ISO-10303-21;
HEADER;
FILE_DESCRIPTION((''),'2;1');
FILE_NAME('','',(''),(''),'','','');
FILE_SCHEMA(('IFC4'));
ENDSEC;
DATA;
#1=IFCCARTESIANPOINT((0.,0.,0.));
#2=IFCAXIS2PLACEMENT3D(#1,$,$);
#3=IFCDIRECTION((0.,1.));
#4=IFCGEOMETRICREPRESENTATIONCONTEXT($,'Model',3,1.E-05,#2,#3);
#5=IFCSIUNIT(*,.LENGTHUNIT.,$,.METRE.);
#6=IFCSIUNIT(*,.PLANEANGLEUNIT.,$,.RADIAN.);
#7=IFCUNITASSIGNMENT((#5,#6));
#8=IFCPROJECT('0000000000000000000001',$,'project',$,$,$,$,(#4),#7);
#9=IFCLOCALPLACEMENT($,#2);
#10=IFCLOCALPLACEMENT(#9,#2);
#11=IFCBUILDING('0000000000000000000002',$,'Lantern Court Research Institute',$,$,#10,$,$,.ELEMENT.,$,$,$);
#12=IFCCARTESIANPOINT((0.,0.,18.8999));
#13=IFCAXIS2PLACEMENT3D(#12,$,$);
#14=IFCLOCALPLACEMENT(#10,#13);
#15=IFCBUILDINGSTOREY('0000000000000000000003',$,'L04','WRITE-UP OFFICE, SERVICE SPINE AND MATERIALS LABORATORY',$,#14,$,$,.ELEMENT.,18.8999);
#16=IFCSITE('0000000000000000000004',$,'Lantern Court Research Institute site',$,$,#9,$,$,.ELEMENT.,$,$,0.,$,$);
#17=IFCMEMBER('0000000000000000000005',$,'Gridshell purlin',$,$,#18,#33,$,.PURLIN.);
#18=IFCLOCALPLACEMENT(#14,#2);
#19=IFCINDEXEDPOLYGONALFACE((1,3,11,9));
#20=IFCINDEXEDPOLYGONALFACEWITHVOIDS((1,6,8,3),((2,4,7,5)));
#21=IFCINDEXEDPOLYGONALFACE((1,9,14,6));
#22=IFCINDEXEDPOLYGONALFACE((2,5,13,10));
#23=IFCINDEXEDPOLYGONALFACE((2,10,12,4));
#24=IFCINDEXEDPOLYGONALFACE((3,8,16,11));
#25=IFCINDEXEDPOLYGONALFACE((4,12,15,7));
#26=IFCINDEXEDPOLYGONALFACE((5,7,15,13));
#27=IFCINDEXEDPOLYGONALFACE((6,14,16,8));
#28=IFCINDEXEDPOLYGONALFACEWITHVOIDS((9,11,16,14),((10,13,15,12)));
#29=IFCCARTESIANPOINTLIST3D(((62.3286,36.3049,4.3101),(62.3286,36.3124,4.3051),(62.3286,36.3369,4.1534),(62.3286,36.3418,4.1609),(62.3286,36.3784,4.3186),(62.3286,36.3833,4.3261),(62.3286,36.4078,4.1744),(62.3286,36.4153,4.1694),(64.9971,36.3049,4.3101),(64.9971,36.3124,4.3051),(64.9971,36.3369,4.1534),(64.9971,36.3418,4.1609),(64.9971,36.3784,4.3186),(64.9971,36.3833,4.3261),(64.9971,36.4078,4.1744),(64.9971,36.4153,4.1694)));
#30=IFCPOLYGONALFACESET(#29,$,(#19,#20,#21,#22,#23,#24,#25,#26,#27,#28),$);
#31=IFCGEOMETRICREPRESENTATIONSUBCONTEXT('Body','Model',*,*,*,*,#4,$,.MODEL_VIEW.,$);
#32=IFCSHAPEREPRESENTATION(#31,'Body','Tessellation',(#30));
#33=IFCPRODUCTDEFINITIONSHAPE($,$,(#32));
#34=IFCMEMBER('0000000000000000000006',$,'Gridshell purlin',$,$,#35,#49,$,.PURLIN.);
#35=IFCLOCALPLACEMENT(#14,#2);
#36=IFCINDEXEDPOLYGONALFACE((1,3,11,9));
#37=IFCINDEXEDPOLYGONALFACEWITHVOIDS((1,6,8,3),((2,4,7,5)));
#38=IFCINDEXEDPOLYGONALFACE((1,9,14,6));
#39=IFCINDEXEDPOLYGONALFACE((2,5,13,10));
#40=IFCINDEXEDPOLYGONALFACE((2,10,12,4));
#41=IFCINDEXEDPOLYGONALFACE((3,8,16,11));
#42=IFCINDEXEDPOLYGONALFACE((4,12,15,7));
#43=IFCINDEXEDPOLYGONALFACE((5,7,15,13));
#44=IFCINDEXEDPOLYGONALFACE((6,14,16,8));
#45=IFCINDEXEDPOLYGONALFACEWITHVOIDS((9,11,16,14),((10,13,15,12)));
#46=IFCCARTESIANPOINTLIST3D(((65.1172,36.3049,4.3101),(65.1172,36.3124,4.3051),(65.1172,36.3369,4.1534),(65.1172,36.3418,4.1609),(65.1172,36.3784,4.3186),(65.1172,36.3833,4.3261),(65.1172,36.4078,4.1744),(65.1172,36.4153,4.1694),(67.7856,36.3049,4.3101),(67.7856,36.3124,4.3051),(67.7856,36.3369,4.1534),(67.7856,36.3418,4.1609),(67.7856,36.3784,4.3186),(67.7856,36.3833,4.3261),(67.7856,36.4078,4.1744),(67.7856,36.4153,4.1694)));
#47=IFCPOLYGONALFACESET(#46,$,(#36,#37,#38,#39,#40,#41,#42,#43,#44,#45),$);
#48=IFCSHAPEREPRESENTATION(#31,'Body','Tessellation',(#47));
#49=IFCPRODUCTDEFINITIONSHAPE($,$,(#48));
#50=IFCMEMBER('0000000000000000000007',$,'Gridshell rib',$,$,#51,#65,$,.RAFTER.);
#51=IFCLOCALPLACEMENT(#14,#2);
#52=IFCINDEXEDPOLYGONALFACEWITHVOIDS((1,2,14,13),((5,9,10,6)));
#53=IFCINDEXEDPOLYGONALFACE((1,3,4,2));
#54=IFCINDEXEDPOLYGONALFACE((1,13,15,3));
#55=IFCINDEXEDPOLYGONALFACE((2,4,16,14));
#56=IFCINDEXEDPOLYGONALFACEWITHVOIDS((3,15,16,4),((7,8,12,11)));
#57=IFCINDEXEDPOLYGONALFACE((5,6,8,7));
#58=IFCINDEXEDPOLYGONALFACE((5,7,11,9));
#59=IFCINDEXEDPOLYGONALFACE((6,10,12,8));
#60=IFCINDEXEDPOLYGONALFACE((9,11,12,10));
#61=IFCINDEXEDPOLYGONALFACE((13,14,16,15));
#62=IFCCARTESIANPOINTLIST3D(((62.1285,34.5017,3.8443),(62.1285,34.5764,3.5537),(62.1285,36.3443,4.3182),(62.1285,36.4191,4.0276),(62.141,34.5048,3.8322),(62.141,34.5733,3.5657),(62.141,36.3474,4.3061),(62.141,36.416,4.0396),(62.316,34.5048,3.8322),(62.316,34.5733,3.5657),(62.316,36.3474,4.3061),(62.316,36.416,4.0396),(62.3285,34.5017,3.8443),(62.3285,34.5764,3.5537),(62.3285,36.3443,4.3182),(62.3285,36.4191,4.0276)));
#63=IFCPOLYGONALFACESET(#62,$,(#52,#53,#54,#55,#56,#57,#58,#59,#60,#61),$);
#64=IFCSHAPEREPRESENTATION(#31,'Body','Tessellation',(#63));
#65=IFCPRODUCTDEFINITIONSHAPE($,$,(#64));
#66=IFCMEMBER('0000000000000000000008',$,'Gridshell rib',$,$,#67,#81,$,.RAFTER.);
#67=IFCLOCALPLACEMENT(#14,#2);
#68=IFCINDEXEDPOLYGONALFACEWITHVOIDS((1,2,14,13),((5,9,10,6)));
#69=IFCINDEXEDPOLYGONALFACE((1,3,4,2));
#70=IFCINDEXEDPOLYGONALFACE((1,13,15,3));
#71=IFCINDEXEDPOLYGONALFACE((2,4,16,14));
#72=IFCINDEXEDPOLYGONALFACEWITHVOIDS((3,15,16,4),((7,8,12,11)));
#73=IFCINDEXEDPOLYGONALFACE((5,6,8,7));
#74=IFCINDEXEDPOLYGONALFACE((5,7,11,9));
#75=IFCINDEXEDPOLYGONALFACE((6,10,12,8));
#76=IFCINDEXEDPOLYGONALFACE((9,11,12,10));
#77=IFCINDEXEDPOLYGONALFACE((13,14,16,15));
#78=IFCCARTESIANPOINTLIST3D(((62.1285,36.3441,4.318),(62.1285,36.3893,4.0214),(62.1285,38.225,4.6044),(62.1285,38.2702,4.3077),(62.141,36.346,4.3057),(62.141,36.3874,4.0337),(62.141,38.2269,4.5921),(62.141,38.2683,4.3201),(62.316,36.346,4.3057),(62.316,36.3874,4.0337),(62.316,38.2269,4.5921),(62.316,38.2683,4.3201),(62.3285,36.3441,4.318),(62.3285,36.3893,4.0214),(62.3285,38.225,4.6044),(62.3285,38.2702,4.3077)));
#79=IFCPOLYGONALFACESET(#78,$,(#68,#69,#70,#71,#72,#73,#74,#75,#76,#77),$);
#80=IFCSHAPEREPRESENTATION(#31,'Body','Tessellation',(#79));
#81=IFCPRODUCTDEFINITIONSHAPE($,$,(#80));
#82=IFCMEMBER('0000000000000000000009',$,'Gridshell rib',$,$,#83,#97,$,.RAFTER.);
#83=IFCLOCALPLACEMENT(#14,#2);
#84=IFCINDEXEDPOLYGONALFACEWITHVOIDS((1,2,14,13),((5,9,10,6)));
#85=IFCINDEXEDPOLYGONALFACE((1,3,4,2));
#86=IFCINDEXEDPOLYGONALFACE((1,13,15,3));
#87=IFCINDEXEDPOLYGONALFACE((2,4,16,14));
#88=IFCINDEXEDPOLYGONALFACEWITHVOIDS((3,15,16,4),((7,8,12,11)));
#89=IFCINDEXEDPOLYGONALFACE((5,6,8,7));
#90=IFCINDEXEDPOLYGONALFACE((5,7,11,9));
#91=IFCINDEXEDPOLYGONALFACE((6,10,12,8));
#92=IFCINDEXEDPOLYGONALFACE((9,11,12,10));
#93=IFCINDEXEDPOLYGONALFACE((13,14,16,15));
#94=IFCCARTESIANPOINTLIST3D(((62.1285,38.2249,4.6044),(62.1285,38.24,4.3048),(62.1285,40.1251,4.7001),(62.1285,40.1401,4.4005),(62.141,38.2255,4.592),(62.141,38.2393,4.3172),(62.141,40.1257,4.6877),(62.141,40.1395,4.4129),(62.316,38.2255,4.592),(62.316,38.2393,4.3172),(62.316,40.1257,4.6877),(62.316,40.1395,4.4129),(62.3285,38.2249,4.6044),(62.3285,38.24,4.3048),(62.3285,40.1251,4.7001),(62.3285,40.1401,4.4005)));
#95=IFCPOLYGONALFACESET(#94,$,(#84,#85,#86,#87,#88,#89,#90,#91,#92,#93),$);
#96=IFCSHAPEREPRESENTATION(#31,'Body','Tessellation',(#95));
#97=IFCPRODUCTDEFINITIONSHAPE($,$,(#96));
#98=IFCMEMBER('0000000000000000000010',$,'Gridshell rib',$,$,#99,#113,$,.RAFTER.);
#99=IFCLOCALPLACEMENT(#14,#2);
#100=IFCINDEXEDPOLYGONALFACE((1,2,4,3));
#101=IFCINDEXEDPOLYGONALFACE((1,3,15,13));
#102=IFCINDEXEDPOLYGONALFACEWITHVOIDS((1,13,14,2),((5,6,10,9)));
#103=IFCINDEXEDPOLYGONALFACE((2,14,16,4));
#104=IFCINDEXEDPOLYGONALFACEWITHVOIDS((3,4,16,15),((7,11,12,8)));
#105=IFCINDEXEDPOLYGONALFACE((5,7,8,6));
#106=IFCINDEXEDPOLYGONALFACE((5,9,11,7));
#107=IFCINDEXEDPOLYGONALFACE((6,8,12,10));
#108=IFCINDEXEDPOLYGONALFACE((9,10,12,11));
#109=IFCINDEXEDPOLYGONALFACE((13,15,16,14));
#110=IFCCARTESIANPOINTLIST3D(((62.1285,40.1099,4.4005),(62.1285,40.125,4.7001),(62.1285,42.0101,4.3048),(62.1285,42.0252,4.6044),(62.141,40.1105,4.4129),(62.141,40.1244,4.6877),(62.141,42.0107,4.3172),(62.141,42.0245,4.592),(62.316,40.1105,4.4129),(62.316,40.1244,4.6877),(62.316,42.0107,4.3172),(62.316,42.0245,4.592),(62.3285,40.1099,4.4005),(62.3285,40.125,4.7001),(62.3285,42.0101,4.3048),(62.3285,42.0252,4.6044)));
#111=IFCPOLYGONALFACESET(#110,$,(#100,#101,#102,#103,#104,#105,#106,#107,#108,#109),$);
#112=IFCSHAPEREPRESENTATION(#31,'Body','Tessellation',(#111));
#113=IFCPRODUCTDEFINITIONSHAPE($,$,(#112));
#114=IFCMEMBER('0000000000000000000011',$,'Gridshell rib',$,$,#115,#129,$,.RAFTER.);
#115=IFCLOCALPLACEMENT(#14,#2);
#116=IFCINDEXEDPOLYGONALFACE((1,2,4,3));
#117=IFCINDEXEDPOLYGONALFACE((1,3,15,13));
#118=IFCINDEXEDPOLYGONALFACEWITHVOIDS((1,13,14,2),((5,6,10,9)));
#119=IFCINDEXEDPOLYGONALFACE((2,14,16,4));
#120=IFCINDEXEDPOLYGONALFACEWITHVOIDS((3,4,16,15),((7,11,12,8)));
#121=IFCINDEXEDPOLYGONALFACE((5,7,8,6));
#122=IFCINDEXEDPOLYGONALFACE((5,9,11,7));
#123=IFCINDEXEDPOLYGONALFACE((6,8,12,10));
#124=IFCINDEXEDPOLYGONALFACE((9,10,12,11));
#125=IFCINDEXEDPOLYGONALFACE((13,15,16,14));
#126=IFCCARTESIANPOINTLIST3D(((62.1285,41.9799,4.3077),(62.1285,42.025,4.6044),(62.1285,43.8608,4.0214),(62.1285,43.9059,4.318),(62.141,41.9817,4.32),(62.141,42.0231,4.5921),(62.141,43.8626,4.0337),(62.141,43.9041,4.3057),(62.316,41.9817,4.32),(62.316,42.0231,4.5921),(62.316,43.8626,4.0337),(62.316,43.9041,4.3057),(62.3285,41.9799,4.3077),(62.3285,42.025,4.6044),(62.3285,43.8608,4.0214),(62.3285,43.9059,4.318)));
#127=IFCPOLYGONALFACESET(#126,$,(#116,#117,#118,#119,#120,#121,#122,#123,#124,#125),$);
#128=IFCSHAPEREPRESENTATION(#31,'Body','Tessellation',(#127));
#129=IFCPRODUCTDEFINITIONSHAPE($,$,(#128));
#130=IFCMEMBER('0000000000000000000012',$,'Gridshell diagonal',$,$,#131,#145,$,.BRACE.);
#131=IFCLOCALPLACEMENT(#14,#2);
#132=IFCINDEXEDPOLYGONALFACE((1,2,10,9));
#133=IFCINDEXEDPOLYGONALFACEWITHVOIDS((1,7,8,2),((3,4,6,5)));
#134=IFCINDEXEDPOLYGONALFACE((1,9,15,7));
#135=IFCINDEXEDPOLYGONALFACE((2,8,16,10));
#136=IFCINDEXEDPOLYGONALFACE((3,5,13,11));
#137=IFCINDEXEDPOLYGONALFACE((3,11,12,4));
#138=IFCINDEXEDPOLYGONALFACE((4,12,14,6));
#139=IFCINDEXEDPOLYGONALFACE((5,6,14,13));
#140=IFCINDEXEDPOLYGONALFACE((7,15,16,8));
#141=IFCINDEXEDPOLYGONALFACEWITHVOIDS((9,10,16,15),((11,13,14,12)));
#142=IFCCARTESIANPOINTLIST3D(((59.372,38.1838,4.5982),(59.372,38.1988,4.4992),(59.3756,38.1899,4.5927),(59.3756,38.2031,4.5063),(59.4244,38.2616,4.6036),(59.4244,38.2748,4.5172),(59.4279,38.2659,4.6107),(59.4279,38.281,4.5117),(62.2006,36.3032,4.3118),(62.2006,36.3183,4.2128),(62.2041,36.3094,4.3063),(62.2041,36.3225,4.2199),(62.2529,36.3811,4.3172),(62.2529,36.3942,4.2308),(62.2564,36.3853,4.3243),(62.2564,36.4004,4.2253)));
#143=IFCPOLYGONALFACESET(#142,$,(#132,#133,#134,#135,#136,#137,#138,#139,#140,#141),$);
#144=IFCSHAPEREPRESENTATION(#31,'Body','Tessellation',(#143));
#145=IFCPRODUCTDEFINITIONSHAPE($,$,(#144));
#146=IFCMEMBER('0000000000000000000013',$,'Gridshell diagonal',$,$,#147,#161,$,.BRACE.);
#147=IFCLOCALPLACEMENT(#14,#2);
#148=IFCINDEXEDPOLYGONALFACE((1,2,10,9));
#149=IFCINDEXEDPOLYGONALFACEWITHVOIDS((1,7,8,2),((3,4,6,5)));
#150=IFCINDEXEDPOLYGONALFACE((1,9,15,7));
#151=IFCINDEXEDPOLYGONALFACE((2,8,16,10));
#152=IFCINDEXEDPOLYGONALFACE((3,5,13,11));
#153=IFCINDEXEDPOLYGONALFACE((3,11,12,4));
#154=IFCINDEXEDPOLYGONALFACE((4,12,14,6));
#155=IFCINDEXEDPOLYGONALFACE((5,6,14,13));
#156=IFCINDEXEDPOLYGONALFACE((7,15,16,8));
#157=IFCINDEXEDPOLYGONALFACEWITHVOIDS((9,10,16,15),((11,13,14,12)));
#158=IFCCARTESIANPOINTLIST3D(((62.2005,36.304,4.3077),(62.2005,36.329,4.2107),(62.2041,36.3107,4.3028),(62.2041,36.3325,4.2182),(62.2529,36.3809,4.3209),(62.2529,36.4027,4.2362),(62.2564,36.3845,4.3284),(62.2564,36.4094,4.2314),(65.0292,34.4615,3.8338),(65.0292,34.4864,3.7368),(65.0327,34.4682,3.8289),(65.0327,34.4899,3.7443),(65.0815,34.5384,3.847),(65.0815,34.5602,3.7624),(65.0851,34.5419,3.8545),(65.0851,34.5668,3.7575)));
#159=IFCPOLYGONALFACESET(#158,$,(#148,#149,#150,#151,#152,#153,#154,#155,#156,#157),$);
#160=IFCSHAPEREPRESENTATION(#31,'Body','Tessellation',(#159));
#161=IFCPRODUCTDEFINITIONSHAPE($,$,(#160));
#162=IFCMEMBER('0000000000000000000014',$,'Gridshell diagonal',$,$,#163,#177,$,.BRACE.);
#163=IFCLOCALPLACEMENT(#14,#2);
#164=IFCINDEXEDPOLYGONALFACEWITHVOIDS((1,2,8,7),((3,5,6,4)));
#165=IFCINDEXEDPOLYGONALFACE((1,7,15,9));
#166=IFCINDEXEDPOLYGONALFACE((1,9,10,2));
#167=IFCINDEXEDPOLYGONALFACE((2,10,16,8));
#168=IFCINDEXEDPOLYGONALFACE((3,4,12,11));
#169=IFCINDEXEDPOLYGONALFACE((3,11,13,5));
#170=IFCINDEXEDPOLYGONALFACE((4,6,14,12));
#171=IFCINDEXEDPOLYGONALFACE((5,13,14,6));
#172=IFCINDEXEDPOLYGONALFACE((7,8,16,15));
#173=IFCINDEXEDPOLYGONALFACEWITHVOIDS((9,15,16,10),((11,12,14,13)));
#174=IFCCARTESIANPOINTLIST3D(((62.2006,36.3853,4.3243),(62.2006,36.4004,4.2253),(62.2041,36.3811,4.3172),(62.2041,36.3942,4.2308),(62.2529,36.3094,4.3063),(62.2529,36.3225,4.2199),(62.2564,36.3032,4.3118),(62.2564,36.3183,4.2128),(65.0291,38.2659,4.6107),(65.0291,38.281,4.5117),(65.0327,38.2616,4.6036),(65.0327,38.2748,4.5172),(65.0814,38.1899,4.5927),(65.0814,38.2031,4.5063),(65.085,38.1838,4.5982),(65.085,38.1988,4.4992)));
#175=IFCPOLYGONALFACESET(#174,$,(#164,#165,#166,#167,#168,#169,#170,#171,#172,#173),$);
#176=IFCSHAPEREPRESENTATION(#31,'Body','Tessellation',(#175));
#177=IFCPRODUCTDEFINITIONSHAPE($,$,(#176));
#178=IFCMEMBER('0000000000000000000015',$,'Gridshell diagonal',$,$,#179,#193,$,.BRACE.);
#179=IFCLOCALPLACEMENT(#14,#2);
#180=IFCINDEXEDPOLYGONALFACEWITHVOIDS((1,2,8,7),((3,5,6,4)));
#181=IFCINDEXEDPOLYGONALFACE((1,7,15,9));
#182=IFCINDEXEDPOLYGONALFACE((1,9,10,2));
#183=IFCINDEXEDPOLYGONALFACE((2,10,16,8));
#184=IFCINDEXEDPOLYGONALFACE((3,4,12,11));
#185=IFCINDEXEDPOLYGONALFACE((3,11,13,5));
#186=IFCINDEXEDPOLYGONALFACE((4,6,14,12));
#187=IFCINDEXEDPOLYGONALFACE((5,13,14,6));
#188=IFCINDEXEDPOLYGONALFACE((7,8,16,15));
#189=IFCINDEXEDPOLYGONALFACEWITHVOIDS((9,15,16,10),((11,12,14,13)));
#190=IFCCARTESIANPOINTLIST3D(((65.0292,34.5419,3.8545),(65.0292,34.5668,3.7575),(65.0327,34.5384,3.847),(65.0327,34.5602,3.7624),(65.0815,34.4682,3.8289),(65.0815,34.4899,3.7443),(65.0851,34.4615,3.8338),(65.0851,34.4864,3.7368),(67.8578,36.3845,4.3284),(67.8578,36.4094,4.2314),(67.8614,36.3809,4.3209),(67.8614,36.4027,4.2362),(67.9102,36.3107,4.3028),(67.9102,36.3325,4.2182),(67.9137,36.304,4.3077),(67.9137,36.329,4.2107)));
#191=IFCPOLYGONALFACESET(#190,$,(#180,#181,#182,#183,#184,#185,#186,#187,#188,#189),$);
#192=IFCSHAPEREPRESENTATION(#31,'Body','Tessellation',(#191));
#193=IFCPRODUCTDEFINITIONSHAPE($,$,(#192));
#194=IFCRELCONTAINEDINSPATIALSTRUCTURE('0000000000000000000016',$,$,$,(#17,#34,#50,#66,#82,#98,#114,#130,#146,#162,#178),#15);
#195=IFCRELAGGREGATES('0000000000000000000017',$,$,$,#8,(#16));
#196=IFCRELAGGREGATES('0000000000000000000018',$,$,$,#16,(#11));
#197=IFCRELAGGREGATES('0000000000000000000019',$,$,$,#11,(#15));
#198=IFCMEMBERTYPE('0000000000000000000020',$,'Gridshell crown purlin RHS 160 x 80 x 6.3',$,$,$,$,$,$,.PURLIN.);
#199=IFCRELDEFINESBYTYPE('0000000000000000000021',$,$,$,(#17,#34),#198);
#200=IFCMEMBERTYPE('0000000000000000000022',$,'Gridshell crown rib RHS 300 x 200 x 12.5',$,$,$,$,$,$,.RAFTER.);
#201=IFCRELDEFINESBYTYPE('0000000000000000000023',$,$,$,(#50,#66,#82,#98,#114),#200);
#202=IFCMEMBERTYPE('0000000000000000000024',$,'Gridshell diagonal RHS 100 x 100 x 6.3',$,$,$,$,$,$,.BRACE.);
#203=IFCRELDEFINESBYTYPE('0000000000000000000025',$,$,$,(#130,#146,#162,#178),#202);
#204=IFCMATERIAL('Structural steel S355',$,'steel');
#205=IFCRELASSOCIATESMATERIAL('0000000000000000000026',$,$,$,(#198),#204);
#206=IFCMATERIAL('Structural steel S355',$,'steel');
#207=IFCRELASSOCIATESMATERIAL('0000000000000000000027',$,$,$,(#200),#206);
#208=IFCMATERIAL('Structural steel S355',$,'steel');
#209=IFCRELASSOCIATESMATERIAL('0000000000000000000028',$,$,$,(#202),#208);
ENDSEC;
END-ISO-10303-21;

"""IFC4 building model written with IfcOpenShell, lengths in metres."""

from ifc_helpers import new_model, si_unit, direction, frame, origin, origin_2d, place, context, subcontext, project, spatial, hollow_rectangle, extrude, material, material_profile, profile_set, type_object, element, save


model = new_model("IFC4")

# Units and contexts
model_context = context("Model", 3, precision=1e-05, world=origin(), true_north=direction((0.0, 1.0)))
body_context = subcontext(model_context, "Body", "Model", "MODEL_VIEW")
ifc_project = project(units=[si_unit("LENGTHUNIT", "METRE"), si_unit("PLANEANGLEUNIT", "RADIAN")], contexts=[model_context])

# Site, building, storey
site_placement = place(None, origin())
site = spatial("IfcSite", under=ifc_project, at=site_placement, Name="Lantern Court Research Institute site", CompositionType="ELEMENT", RefElevation=0.0)
building_placement = place(site_placement, origin())
building = spatial("IfcBuilding", under=site, at=building_placement, Name="Lantern Court Research Institute", CompositionType="ELEMENT")
storey_placement = place(building_placement, frame((0.0, 0.0, 18.8999)))
storey = spatial("IfcBuildingStorey", under=building, at=storey_placement, Name="L04", Description="WRITE-UP OFFICE, SERVICE SPINE AND MATERIALS LABORATORY", CompositionType="ELEMENT", Elevation=18.8999)

# Members
ifc_material_1 = material(Name="Structural steel S355", Category="steel")
ifc_material_profile_1 = material_profile(ifc_material_1, hollow_rectangle(XDim=0.0801, YDim=0.1599, WallThickness=0.0063, at=origin_2d()), Name="Gridshell crown purlin RHS 160 x 80 x 6.3")
ifc_profile_set_1 = profile_set([ifc_material_profile_1], Name="Structural steel S355")
member_type_1 = type_object("IfcMemberType", Name="Gridshell crown purlin RHS 160 x 80 x 6.3", PredefinedType="PURLIN", material=ifc_profile_set_1)
for number, where, z_axis, x_axis, name in (
    (1, (62.3286, 36.3601, 4.2397), (1.0, 0.0, 0.0), (0.0, 0.979787, 0.200043), "Gridshell purlin"),
    (2, (65.1172, 36.3601, 4.2397), (1.0, 0.0, 0.0), (0.0, 0.979787, 0.200043), "Gridshell purlin"),
):
    element("IfcMember", number, at=place(storey_placement, frame(where, z_axis=z_axis, x_axis=x_axis)), inside=storey, type_object=member_type_1, Name=name, PredefinedType="PURLIN", context=body_context, shape_type="SweptSolid", body=[
        extrude(hollow_rectangle(XDim=0.0801, YDim=0.1599, WallThickness=0.0063, at=origin_2d()), origin(), (0.0, 0.0, 1.0), 2.6685),
    ])
ifc_material_2 = material(Name="Structural steel S355", Category="steel")
ifc_material_profile_2 = material_profile(ifc_material_2, hollow_rectangle(XDim=0.2, YDim=0.3, WallThickness=0.0125, at=origin_2d()), Name="Gridshell crown rib RHS 300 x 200 x 12.5")
ifc_profile_set_2 = profile_set([ifc_material_profile_2], Name="Structural steel S355")
member_type_2 = type_object("IfcMemberType", Name="Gridshell crown rib RHS 300 x 200 x 12.5", PredefinedType="RAFTER", material=ifc_profile_set_2)
for number, where, z_axis, x_axis, name in (
    (3, (62.2285, 34.5391, 3.699), (0.0, 0.968482, 0.249082), (-1.0, 0.0, 0.0), "Gridshell rib"),
    (4, (62.2285, 36.3667, 4.1697), (0.0, 0.988606, 0.150524), (-1.0, 0.0, 0.0), "Gridshell rib"),
    (5, (62.2285, 38.2324, 4.4546), (0.0, 0.998734, 0.050302), (-1.0, 0.0, 0.0), "Gridshell rib"),
    (6, (62.2285, 40.1174, 4.5503), (0.0, 0.998734, -0.050302), (-1.0, 0.0, 0.0), "Gridshell rib"),
    (7, (62.2285, 42.0024, 4.4561), (0.0, 0.988606, -0.150524), (-1.0, 0.0, 0.0), "Gridshell rib"),
):
    element("IfcMember", number, at=place(storey_placement, frame(where, z_axis=z_axis, x_axis=x_axis)), inside=storey, type_object=member_type_2, Name=name, PredefinedType="RAFTER", context=body_context, shape_type="SweptSolid", body=[
        extrude(hollow_rectangle(XDim=0.2, YDim=0.3, WallThickness=0.0125, at=origin_2d()), origin(), (0.0, 0.0, 1.0), 1.9026),
    ])
ifc_material_3 = material(Name="Structural steel S355", Category="steel")
ifc_material_profile_3 = material_profile(ifc_material_3, hollow_rectangle(XDim=0.1001, YDim=0.1001, WallThickness=0.0063, at=origin_2d()), Name="Gridshell diagonal RHS 100 x 100 x 6.3")
ifc_profile_set_3 = profile_set([ifc_material_profile_3], Name="Structural steel S355")
member_type_3 = type_object("IfcMemberType", Name="Gridshell diagonal RHS 100 x 100 x 6.3", PredefinedType="BRACE", material=ifc_profile_set_3)
member_1_placement = place(storey_placement, frame((62.2285, 36.3518, 4.2686), z_axis=(-0.829802, 0.551698, 0.084012), x_axis=(-0.558057, -0.820354, -0.124863)))
element("IfcMember", 8, at=member_1_placement, inside=storey, type_object=member_type_3, Name="Gridshell diagonal", PredefinedType="BRACE", context=body_context, shape_type="SweptSolid", body=[
    extrude(hollow_rectangle(XDim=0.1001, YDim=0.1001, WallThickness=0.0063, at=origin_2d()), origin(), (0.0, 0.0, 1.0), 3.4087),
])
member_2_placement = place(storey_placement, frame((65.0571, 34.5142, 3.7957), z_axis=(-0.829776, 0.540507, 0.139012), x_axis=(-0.558097, -0.803619, -0.206699)))
element("IfcMember", 9, at=member_2_placement, inside=storey, type_object=member_type_3, Name="Gridshell diagonal", PredefinedType="BRACE", context=body_context, shape_type="SweptSolid", body=[
    extrude(hollow_rectangle(XDim=0.1001, YDim=0.1001, WallThickness=0.0063, at=origin_2d()), origin(), (0.0, 0.0, 1.0), 3.4089),
])
member_3_placement = place(storey_placement, frame((62.2285, 36.3518, 4.2686), z_axis=(0.829802, 0.551698, 0.084012), x_axis=(-0.558057, 0.820354, 0.124863)))
element("IfcMember", 10, at=member_3_placement, inside=storey, type_object=member_type_3, Name="Gridshell diagonal", PredefinedType="BRACE", context=body_context, shape_type="SweptSolid", body=[
    extrude(hollow_rectangle(XDim=0.1001, YDim=0.1001, WallThickness=0.0063, at=origin_2d()), origin(), (0.0, 0.0, 1.0), 3.4087),
])
member_4_placement = place(storey_placement, frame((65.0571, 34.5142, 3.7957), z_axis=(0.829776, 0.540507, 0.139012), x_axis=(-0.558097, 0.803619, 0.206699)))
element("IfcMember", 11, at=member_4_placement, inside=storey, type_object=member_type_3, Name="Gridshell diagonal", PredefinedType="BRACE", context=body_context, shape_type="SweptSolid", body=[
    extrude(hollow_rectangle(XDim=0.1001, YDim=0.1001, WallThickness=0.0063, at=origin_2d()), origin(), (0.0, 0.0, 1.0), 3.4089),
])

save(model, "model.ifc")
